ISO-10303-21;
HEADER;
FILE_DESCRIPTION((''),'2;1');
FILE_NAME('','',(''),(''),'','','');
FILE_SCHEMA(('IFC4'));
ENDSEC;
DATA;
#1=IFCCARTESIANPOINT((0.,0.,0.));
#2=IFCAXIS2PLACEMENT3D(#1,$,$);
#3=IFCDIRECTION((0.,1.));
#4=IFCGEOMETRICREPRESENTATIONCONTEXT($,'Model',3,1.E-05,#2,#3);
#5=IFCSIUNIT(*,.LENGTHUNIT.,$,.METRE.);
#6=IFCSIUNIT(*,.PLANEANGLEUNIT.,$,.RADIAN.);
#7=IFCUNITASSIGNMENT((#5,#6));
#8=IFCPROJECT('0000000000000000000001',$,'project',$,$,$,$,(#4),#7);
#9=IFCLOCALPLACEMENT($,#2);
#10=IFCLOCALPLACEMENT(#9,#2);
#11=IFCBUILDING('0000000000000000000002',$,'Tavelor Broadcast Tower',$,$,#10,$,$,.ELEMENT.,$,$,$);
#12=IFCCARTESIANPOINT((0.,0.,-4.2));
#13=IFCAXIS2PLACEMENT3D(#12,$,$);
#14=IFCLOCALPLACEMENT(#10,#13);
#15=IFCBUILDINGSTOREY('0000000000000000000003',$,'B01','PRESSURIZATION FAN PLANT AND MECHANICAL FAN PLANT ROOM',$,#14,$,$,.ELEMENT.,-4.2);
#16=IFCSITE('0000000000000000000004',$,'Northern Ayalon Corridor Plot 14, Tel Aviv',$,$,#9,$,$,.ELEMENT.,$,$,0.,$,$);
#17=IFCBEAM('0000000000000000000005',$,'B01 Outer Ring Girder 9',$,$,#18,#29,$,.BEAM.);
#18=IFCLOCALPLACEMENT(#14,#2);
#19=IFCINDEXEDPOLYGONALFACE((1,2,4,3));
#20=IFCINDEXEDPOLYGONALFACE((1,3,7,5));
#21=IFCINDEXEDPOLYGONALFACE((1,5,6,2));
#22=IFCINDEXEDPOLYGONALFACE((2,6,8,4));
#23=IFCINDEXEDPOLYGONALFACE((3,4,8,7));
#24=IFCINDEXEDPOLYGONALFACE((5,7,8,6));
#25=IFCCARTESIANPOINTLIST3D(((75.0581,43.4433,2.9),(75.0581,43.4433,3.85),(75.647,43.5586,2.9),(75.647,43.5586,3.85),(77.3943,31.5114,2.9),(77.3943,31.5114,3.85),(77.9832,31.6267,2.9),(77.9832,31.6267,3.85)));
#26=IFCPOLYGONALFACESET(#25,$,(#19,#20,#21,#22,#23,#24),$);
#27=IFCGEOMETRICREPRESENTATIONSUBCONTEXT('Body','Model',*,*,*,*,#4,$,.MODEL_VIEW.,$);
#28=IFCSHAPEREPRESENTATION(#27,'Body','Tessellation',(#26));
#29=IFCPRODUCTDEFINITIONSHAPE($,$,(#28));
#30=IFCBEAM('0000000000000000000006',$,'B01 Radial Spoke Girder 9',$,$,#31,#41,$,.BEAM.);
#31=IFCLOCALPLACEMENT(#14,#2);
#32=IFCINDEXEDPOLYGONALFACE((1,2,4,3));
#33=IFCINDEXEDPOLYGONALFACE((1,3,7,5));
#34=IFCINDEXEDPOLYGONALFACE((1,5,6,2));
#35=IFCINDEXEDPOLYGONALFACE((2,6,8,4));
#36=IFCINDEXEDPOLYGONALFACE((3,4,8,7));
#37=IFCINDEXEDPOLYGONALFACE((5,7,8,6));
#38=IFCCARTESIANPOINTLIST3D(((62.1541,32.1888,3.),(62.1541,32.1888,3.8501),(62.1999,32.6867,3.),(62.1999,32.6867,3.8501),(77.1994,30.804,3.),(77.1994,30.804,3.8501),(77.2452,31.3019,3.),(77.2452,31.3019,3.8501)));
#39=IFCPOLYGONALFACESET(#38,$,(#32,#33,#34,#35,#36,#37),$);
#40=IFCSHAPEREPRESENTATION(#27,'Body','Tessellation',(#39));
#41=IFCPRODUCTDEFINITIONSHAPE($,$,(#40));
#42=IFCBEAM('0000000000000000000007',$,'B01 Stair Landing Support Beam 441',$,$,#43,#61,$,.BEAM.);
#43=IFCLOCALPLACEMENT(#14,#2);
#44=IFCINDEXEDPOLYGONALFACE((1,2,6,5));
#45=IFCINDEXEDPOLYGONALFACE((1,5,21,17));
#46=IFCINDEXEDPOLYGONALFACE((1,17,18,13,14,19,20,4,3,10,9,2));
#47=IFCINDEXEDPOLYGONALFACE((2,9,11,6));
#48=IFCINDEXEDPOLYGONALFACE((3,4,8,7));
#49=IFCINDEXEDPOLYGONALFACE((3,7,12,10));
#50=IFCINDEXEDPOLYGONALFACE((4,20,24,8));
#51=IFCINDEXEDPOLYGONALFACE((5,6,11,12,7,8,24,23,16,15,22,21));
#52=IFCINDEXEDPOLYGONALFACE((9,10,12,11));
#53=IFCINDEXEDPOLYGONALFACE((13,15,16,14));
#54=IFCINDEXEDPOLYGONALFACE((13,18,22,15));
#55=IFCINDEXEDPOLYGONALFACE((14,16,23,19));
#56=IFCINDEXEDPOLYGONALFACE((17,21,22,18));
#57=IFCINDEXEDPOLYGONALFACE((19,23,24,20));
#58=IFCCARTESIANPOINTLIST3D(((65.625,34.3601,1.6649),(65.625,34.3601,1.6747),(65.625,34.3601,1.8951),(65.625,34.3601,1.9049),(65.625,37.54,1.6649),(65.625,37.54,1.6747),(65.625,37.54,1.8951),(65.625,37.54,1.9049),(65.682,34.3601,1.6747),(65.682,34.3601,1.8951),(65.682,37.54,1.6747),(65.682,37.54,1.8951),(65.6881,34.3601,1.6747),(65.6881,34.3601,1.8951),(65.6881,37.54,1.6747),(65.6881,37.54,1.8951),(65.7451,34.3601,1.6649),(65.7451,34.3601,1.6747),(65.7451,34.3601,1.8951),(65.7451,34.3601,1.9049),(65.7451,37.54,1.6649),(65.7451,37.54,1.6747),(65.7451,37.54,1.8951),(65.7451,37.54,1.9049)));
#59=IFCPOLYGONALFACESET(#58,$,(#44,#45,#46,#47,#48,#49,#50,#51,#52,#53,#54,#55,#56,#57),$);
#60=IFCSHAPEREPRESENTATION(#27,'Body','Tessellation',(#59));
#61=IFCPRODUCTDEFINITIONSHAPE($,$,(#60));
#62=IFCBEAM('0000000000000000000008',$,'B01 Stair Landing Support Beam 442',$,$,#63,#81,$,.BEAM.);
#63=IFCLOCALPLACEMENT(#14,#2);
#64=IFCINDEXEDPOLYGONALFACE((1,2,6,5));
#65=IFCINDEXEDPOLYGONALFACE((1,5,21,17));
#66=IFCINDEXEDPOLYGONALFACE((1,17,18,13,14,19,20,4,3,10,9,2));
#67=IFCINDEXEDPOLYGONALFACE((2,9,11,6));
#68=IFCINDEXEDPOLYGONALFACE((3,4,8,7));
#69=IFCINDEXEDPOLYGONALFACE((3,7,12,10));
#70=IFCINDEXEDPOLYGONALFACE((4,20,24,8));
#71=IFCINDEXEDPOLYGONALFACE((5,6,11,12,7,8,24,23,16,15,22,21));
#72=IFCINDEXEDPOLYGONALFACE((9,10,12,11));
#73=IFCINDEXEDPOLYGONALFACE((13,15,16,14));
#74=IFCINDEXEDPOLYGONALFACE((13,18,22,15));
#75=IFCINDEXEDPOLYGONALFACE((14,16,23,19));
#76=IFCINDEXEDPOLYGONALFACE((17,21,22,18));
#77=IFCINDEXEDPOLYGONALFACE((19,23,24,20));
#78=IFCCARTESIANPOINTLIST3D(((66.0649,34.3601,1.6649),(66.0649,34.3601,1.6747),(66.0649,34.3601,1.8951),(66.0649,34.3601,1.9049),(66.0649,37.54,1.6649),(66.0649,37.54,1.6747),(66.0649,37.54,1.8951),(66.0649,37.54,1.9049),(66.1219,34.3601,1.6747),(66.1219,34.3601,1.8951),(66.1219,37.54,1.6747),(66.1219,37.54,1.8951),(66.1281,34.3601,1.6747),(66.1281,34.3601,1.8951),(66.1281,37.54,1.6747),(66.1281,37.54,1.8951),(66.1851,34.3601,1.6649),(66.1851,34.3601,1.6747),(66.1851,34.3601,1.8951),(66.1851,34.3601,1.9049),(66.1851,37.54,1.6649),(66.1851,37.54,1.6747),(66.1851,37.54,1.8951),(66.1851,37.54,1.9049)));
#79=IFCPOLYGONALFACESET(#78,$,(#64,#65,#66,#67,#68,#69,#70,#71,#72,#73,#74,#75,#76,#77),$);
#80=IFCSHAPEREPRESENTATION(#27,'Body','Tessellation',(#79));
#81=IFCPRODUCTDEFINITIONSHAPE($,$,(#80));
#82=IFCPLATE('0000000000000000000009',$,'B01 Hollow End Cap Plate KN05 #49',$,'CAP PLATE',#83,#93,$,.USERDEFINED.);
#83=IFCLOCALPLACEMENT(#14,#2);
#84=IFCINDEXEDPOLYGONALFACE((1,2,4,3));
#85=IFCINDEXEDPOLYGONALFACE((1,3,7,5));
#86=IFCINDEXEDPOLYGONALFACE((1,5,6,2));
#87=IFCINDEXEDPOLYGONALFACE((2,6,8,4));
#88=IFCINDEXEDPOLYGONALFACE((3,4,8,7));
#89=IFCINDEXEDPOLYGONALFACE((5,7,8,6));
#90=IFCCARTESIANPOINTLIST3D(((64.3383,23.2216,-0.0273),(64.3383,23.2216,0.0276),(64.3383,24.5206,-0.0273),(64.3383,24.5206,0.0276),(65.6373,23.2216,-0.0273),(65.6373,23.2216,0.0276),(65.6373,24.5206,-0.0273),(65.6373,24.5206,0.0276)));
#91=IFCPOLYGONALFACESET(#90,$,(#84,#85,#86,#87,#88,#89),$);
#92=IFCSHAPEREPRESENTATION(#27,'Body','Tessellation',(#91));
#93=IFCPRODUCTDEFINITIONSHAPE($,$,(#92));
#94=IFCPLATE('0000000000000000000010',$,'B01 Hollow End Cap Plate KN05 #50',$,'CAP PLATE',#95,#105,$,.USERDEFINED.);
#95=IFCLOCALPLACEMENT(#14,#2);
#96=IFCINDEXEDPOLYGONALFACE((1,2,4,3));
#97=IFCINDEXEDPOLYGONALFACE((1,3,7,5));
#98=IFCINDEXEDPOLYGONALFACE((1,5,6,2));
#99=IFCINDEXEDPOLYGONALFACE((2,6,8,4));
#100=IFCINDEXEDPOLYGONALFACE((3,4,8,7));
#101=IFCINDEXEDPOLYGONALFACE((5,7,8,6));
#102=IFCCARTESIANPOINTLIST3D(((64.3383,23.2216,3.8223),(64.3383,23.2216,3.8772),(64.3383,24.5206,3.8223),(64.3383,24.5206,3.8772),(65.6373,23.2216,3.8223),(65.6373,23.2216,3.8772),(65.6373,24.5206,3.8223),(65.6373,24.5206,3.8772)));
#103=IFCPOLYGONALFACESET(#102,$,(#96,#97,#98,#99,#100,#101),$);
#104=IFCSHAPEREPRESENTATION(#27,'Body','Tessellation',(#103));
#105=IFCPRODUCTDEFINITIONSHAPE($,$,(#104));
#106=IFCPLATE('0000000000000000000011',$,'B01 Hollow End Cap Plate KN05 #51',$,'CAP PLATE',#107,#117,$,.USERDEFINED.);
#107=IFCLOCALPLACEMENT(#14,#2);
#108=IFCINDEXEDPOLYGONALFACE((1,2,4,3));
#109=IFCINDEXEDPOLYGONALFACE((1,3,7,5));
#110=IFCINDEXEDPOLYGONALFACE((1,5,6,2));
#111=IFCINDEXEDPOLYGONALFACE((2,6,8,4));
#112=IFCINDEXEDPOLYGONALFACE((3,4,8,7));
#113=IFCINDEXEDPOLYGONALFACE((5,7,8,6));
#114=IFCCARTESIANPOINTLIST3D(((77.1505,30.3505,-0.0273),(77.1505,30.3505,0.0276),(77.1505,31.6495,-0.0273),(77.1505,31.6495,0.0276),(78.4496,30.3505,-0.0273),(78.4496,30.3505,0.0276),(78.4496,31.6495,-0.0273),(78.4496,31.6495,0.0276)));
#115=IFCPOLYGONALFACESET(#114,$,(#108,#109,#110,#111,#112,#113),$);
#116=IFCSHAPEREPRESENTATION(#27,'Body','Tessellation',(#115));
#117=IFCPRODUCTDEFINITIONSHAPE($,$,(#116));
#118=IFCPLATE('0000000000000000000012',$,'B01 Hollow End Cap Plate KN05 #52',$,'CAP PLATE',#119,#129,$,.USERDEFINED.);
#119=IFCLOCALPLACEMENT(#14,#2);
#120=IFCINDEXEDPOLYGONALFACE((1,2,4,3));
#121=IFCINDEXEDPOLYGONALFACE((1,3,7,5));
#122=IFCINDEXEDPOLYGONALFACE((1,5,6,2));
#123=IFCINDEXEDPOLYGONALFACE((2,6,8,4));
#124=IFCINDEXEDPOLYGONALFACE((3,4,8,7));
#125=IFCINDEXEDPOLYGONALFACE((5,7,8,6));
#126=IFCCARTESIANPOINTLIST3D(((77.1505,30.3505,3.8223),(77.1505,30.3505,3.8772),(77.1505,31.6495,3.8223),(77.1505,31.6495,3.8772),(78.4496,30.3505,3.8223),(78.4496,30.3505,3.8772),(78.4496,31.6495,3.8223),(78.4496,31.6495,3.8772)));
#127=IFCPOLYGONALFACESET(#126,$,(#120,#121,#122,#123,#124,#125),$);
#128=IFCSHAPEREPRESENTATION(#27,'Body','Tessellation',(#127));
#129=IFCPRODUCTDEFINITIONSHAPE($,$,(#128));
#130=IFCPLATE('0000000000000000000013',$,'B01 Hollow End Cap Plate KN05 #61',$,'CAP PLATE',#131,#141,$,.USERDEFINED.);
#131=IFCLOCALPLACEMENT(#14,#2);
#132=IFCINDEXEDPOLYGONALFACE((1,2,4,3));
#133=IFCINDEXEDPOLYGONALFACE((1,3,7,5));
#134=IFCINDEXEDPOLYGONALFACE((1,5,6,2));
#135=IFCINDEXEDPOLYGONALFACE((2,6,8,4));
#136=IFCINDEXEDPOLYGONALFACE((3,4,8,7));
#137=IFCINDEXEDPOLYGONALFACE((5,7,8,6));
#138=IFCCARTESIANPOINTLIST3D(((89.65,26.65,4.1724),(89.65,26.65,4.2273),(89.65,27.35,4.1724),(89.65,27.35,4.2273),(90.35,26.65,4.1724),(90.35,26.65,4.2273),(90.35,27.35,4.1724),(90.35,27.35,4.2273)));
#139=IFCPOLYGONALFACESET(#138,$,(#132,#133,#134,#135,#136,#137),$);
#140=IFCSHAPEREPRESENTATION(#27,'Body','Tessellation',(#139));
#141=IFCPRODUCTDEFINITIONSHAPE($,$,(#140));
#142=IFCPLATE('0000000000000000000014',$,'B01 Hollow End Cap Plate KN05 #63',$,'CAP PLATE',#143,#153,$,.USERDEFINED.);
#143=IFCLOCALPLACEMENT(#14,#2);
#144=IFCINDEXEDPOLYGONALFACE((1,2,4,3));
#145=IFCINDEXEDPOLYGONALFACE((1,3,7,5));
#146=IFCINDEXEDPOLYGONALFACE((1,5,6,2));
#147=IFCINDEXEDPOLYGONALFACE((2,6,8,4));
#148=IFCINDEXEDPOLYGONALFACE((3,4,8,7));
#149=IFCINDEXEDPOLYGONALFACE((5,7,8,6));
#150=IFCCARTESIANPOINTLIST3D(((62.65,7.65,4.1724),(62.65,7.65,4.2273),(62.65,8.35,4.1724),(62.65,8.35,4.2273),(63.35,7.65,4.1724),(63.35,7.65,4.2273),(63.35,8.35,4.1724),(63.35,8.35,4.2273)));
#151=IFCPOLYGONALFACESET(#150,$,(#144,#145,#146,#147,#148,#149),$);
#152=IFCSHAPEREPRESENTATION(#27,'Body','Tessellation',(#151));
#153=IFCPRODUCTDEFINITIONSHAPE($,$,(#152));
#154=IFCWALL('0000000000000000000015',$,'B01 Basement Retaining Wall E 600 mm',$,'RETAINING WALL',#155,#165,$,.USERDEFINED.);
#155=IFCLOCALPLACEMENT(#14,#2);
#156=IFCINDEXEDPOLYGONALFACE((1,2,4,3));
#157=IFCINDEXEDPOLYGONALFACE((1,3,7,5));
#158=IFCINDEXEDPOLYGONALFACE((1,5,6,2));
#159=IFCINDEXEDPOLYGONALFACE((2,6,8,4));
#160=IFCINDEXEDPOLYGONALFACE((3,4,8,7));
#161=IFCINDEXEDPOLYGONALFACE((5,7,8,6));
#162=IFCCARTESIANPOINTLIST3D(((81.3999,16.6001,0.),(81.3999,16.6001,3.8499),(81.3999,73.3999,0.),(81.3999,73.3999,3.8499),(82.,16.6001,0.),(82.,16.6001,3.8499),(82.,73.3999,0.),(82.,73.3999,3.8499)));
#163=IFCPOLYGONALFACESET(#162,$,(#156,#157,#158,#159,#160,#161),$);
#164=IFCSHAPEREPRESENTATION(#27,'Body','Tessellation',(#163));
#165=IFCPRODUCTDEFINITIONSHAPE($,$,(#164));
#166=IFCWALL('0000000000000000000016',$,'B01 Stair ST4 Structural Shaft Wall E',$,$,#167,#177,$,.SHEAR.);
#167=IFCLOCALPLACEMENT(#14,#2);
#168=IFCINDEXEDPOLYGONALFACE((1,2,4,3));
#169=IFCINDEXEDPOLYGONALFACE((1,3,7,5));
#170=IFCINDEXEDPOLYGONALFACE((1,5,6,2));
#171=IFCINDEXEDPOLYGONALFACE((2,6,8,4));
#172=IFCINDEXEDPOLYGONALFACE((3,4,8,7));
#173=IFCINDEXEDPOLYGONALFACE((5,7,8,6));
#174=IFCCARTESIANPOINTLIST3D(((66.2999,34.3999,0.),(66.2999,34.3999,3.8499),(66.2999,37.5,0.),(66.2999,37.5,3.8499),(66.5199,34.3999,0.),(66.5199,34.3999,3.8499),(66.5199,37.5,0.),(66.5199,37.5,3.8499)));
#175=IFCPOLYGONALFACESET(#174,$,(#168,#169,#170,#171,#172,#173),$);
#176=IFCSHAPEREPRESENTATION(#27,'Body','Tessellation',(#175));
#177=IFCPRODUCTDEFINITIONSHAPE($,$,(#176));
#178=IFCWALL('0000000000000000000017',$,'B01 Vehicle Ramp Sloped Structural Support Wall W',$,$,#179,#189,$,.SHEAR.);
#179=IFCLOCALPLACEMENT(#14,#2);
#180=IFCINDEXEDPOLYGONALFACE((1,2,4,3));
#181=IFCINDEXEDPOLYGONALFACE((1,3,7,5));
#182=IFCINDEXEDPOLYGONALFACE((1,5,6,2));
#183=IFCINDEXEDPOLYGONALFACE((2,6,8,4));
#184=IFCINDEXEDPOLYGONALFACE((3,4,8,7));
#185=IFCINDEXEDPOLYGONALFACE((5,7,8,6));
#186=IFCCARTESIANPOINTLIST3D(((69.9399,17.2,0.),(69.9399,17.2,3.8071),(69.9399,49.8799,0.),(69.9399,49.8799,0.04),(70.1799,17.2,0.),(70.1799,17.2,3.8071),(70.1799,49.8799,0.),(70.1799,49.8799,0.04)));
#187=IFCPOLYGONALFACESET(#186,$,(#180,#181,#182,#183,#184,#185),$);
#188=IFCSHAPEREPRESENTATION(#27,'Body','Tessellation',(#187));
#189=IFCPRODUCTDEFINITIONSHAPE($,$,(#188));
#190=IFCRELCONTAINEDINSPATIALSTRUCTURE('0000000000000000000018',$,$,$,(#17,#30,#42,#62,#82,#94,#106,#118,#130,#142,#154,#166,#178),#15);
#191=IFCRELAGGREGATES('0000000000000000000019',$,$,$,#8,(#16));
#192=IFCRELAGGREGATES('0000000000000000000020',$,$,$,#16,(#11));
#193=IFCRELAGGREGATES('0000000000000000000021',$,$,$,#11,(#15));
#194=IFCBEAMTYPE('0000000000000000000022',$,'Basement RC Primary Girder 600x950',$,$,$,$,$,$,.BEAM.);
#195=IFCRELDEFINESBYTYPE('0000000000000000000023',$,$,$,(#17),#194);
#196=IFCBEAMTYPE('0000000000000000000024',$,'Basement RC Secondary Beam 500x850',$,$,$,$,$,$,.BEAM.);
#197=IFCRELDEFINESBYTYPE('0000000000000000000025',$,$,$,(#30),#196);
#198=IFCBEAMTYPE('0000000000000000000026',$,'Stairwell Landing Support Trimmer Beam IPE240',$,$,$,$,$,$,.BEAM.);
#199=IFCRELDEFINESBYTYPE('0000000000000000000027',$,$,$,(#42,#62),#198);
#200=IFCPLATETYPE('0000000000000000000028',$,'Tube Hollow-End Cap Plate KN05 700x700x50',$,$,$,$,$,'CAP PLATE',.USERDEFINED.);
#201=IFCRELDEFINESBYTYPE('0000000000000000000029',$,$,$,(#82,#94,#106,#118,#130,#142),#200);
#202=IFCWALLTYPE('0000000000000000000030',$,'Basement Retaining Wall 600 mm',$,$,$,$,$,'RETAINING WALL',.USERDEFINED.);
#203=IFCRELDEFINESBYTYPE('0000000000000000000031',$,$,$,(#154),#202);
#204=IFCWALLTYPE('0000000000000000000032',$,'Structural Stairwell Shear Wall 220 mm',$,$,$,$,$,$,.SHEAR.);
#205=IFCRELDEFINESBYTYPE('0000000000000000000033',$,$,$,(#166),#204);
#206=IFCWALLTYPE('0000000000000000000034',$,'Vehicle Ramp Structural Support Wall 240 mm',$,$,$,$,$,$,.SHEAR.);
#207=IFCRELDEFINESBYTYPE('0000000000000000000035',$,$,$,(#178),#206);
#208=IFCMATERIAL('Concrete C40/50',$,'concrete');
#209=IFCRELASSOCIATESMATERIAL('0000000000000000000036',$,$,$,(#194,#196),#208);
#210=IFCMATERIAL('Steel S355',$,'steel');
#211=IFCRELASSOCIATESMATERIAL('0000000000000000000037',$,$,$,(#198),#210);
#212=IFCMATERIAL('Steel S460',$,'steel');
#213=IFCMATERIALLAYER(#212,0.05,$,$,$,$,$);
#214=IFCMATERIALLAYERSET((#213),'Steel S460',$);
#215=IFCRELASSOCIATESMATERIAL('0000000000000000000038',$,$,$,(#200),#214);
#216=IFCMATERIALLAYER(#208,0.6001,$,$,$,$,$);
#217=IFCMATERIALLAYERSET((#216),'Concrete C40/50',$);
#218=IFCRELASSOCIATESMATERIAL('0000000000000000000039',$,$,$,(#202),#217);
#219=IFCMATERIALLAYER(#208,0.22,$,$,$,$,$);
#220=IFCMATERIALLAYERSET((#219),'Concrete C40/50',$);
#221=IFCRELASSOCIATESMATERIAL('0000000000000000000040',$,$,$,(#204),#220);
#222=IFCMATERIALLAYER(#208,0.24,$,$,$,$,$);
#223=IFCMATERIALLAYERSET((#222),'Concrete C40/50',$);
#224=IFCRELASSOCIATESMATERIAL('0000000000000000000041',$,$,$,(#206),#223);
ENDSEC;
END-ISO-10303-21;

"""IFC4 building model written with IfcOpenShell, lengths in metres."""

from ifc_helpers import new_model, si_unit, direction, frame, frame_2d, origin, origin_2d, place, context, subcontext, project, spatial, polyline, rectangle, i_section, outline, extrude, source, transform, mapped, material, layer, layer_set, material_profile, profile_set, type_object, type_shapes, element, save


model = new_model("IFC4")

# Units and contexts
model_context = context("Model", 3, precision=1e-05, world=origin(), true_north=direction((0.0, 1.0)))
body_context = subcontext(model_context, "Body", "Model", "MODEL_VIEW")
ifc_project = project(units=[si_unit("LENGTHUNIT", "METRE"), si_unit("PLANEANGLEUNIT", "RADIAN")], contexts=[model_context])

# Site, building, storey
site_placement = place(None, origin())
site = spatial("IfcSite", under=ifc_project, at=site_placement, Name="Northern Ayalon Corridor Plot 14, Tel Aviv", CompositionType="ELEMENT", RefElevation=0.0)
building_placement = place(site_placement, origin())
building = spatial("IfcBuilding", under=site, at=building_placement, Name="Tavelor Broadcast Tower", CompositionType="ELEMENT")
storey_placement = place(building_placement, frame((0.0, 0.0, -4.2)))
storey = spatial("IfcBuildingStorey", under=building, at=storey_placement, Name="B01", Description="PRESSURIZATION FAN PLANT AND MECHANICAL FAN PLANT ROOM", CompositionType="ELEMENT", Elevation=-4.2)

# Shared definitions
ifc_material_1 = material(Name="Concrete C40/50", Category="concrete")
ifc_material_2 = material(Name="Steel S355", Category="steel")
ifc_material_3 = material(Name="Steel S460", Category="steel")

# Beams
ifc_material_profile_1 = material_profile(ifc_material_1, rectangle(XDim=0.6001, YDim=0.95, at=origin_2d()), Name="RC 600x950")
ifc_profile_set_1 = profile_set([ifc_material_profile_1], Name="Concrete C40/50")
beam_type_1 = type_object("IfcBeamType", Name="Basement RC Primary Girder 600x950", PredefinedType="BEAM", material=ifc_profile_set_1)
beam_1_placement = place(storey_placement, frame((77.6887, 31.5691, 3.375), z_axis=(-0.192145, 0.981367, 0.0), x_axis=(-0.981367, -0.192145, 0.0)))
element("IfcBeam", 1, at=beam_1_placement, inside=storey, type_object=beam_type_1, Name="B01 Outer Ring Girder 9", PredefinedType="BEAM", context=body_context, shape_type="SweptSolid", body=[
    extrude(rectangle(XDim=0.6001, YDim=0.95, at=origin_2d()), origin(), (0.0, 0.0, 1.0), 12.1584),
])
ifc_material_profile_2 = material_profile(ifc_material_1, rectangle(XDim=0.5, YDim=0.8501, at=origin_2d()), Name="RC 500x850")
ifc_profile_set_2 = profile_set([ifc_material_profile_2], Name="Concrete C40/50")
beam_type_2 = type_object("IfcBeamType", Name="Basement RC Secondary Beam 500x850", PredefinedType="BEAM", material=ifc_profile_set_2)
beam_2_placement = place(storey_placement, frame((62.177, 32.4377, 3.425), z_axis=(0.995791, -0.091652, 0.0), x_axis=(0.091652, 0.995791, 0.0)))
element("IfcBeam", 2, at=beam_2_placement, inside=storey, type_object=beam_type_2, Name="B01 Radial Spoke Girder 9", PredefinedType="BEAM", context=body_context, shape_type="SweptSolid", body=[
    extrude(rectangle(XDim=0.5, YDim=0.8501, at=origin_2d()), origin(), (0.0, 0.0, 1.0), 15.1089),
])
ifc_material_profile_3 = material_profile(ifc_material_2, i_section(OverallWidth=0.1201, OverallDepth=0.24, WebThickness=0.0061, FlangeThickness=0.0098, at=origin_2d()), Name="IPE 240")
ifc_profile_set_3 = profile_set([ifc_material_profile_3], Name="Steel S355")
beam_type_3 = type_object("IfcBeamType", Name="Stairwell Landing Support Trimmer Beam IPE240", PredefinedType="BEAM", material=ifc_profile_set_3)
for number, where, z_axis, x_axis, name in (
    (3, (65.6851, 34.3601, 1.7849), (0.0, 1.0, 0.0), (-1.0, 0.0, 0.0), "B01 Stair Landing Support Beam 441"),
    (4, (66.125, 34.3601, 1.7849), (0.0, 1.0, 0.0), (-1.0, 0.0, 0.0), "B01 Stair Landing Support Beam 442"),
):
    element("IfcBeam", number, at=place(storey_placement, frame(where, z_axis=z_axis, x_axis=x_axis)), inside=storey, type_object=beam_type_3, Name=name, PredefinedType="BEAM", context=body_context, shape_type="SweptSolid", body=[
        extrude(i_section(OverallWidth=0.1201, OverallDepth=0.24, WebThickness=0.0061, FlangeThickness=0.0098, at=origin_2d()), origin(), (0.0, 0.0, 1.0), 3.1799),
    ])

# Plates
ifc_layer_1 = layer(ifc_material_3, 0.05)
ifc_layer_set_1 = layer_set([ifc_layer_1], Name="Steel S460")
plate_type = type_object("IfcPlateType", Name="Tube Hollow-End Cap Plate KN05 700x700x50", ElementType="CAP PLATE", PredefinedType="USERDEFINED", material=ifc_layer_set_1)
shared_shape_1 = source(origin(), body_context, "Body", "SweptSolid", [
    extrude(rectangle(XDim=1.2991, YDim=1.2991, at=origin_2d()), origin(), (0.0, 0.0, 1.0), 0.0549),
])
for number, where, z_axis, x_axis, name in (
    (5, (64.9878, 23.8711, -0.0273), (0.0, 0.0, 1.0), (1.0, 0.0, 0.0), "B01 Hollow End Cap Plate KN05 #49"),
    (6, (64.9878, 23.8711, 3.8223), (0.0, 0.0, 1.0), (1.0, 0.0, 0.0), "B01 Hollow End Cap Plate KN05 #50"),
    (7, (77.8, 31.0, -0.0273), (0.0, 0.0, 1.0), (1.0, 0.0, 0.0), "B01 Hollow End Cap Plate KN05 #51"),
    (8, (77.8, 31.0, 3.8223), (0.0, 0.0, 1.0), (1.0, 0.0, 0.0), "B01 Hollow End Cap Plate KN05 #52"),
):
    element("IfcPlate", number, at=place(storey_placement, frame(where, z_axis=z_axis, x_axis=x_axis)), inside=storey, type_object=plate_type, Name=name, ObjectType="CAP PLATE", PredefinedType="USERDEFINED", context=body_context, shape_type="MappedRepresentation", body=[
        mapped(shared_shape_1, transform((0.0, 0.0, 0.0), scale=1.0)),
    ])
shared_shape_2 = source(origin(), body_context, "Body", "SweptSolid", [
    extrude(rectangle(XDim=0.7, YDim=0.7, at=origin_2d()), origin(), (0.0, 0.0, 1.0), 0.0549),
])
type_shapes(plate_type, [shared_shape_1, shared_shape_2])
for number, where, z_axis, x_axis, name in (
    (9, (90.0, 27.0, 4.1724), (0.0, 0.0, 1.0), (1.0, 0.0, 0.0), "B01 Hollow End Cap Plate KN05 #61"),
    (10, (63.0, 8.0, 4.1724), (0.0, 0.0, 1.0), (1.0, 0.0, 0.0), "B01 Hollow End Cap Plate KN05 #63"),
):
    element("IfcPlate", number, at=place(storey_placement, frame(where, z_axis=z_axis, x_axis=x_axis)), inside=storey, type_object=plate_type, Name=name, ObjectType="CAP PLATE", PredefinedType="USERDEFINED", context=body_context, shape_type="MappedRepresentation", body=[
        mapped(shared_shape_2, transform((0.0, 0.0, 0.0), scale=1.0)),
    ])

# Walls
ifc_layer_2 = layer(ifc_material_1, 0.6001)
ifc_layer_set_2 = layer_set([ifc_layer_2], Name="Concrete C40/50")
wall_type_1 = type_object("IfcWallType", Name="Basement Retaining Wall 600 mm", ElementType="RETAINING WALL", PredefinedType="USERDEFINED", material=ifc_layer_set_2)
wall_1_placement = place(storey_placement, frame((81.7, 16.6001, 0.0), z_axis=(0.0, 0.0, 1.0), x_axis=(0.0, 1.0, 0.0)))
element("IfcWall", 11, at=wall_1_placement, inside=storey, type_object=wall_type_1, Name="B01 Basement Retaining Wall E 600 mm", ObjectType="RETAINING WALL", PredefinedType="USERDEFINED", context=body_context, shape_type="SweptSolid", body=[
    extrude(rectangle(XDim=56.7998, YDim=0.6001, at=frame_2d((28.3999, 0.0))), origin(), (0.0, 0.0, 1.0), 3.8499),
])
ifc_layer_3 = layer(ifc_material_1, 0.22)
ifc_layer_set_3 = layer_set([ifc_layer_3], Name="Concrete C40/50")
wall_type_2 = type_object("IfcWallType", Name="Structural Stairwell Shear Wall 220 mm", PredefinedType="SHEAR", material=ifc_layer_set_3)
wall_2_placement = place(storey_placement, frame((66.4099, 34.3999, 0.0), z_axis=(0.0, 0.0, 1.0), x_axis=(0.0, 1.0, 0.0)))
element("IfcWall", 12, at=wall_2_placement, inside=storey, type_object=wall_type_2, Name="B01 Stair ST4 Structural Shaft Wall E", PredefinedType="SHEAR", context=body_context, shape_type="SweptSolid", body=[
    extrude(rectangle(XDim=3.1001, YDim=0.22, at=frame_2d((1.55, 0.0))), origin(), (0.0, 0.0, 1.0), 3.8499),
])
ifc_layer_4 = layer(ifc_material_1, 0.24)
ifc_layer_set_4 = layer_set([ifc_layer_4], Name="Concrete C40/50")
wall_type_3 = type_object("IfcWallType", Name="Vehicle Ramp Structural Support Wall 240 mm", PredefinedType="SHEAR", material=ifc_layer_set_4)
for number, where, z_axis, x_axis, name in (
    (13, (70.0601, 17.2, 0.0), (0.0, 0.0, 1.0), (0.0, 1.0, 0.0), "B01 Vehicle Ramp Sloped Structural Support Wall W"),
):
    element("IfcWall", number, at=place(storey_placement, frame(where, z_axis=z_axis, x_axis=x_axis)), inside=storey, type_object=wall_type_3, Name=name, PredefinedType="SHEAR", context=body_context, shape_type="SweptSolid", body=[
        extrude(outline(polyline([(0.0, 0.0), (32.6799, 0.0), (32.6799, 0.04), (0.0, 3.8071), (0.0, 0.0)])), frame((0.0, 0.1201, 0.0), z_axis=(0.0, -1.0, 0.0), x_axis=(1.0, 0.0, 0.0)), (0.0, 0.0, 1.0), 0.24),
    ])

save(model, "model.ifc")
